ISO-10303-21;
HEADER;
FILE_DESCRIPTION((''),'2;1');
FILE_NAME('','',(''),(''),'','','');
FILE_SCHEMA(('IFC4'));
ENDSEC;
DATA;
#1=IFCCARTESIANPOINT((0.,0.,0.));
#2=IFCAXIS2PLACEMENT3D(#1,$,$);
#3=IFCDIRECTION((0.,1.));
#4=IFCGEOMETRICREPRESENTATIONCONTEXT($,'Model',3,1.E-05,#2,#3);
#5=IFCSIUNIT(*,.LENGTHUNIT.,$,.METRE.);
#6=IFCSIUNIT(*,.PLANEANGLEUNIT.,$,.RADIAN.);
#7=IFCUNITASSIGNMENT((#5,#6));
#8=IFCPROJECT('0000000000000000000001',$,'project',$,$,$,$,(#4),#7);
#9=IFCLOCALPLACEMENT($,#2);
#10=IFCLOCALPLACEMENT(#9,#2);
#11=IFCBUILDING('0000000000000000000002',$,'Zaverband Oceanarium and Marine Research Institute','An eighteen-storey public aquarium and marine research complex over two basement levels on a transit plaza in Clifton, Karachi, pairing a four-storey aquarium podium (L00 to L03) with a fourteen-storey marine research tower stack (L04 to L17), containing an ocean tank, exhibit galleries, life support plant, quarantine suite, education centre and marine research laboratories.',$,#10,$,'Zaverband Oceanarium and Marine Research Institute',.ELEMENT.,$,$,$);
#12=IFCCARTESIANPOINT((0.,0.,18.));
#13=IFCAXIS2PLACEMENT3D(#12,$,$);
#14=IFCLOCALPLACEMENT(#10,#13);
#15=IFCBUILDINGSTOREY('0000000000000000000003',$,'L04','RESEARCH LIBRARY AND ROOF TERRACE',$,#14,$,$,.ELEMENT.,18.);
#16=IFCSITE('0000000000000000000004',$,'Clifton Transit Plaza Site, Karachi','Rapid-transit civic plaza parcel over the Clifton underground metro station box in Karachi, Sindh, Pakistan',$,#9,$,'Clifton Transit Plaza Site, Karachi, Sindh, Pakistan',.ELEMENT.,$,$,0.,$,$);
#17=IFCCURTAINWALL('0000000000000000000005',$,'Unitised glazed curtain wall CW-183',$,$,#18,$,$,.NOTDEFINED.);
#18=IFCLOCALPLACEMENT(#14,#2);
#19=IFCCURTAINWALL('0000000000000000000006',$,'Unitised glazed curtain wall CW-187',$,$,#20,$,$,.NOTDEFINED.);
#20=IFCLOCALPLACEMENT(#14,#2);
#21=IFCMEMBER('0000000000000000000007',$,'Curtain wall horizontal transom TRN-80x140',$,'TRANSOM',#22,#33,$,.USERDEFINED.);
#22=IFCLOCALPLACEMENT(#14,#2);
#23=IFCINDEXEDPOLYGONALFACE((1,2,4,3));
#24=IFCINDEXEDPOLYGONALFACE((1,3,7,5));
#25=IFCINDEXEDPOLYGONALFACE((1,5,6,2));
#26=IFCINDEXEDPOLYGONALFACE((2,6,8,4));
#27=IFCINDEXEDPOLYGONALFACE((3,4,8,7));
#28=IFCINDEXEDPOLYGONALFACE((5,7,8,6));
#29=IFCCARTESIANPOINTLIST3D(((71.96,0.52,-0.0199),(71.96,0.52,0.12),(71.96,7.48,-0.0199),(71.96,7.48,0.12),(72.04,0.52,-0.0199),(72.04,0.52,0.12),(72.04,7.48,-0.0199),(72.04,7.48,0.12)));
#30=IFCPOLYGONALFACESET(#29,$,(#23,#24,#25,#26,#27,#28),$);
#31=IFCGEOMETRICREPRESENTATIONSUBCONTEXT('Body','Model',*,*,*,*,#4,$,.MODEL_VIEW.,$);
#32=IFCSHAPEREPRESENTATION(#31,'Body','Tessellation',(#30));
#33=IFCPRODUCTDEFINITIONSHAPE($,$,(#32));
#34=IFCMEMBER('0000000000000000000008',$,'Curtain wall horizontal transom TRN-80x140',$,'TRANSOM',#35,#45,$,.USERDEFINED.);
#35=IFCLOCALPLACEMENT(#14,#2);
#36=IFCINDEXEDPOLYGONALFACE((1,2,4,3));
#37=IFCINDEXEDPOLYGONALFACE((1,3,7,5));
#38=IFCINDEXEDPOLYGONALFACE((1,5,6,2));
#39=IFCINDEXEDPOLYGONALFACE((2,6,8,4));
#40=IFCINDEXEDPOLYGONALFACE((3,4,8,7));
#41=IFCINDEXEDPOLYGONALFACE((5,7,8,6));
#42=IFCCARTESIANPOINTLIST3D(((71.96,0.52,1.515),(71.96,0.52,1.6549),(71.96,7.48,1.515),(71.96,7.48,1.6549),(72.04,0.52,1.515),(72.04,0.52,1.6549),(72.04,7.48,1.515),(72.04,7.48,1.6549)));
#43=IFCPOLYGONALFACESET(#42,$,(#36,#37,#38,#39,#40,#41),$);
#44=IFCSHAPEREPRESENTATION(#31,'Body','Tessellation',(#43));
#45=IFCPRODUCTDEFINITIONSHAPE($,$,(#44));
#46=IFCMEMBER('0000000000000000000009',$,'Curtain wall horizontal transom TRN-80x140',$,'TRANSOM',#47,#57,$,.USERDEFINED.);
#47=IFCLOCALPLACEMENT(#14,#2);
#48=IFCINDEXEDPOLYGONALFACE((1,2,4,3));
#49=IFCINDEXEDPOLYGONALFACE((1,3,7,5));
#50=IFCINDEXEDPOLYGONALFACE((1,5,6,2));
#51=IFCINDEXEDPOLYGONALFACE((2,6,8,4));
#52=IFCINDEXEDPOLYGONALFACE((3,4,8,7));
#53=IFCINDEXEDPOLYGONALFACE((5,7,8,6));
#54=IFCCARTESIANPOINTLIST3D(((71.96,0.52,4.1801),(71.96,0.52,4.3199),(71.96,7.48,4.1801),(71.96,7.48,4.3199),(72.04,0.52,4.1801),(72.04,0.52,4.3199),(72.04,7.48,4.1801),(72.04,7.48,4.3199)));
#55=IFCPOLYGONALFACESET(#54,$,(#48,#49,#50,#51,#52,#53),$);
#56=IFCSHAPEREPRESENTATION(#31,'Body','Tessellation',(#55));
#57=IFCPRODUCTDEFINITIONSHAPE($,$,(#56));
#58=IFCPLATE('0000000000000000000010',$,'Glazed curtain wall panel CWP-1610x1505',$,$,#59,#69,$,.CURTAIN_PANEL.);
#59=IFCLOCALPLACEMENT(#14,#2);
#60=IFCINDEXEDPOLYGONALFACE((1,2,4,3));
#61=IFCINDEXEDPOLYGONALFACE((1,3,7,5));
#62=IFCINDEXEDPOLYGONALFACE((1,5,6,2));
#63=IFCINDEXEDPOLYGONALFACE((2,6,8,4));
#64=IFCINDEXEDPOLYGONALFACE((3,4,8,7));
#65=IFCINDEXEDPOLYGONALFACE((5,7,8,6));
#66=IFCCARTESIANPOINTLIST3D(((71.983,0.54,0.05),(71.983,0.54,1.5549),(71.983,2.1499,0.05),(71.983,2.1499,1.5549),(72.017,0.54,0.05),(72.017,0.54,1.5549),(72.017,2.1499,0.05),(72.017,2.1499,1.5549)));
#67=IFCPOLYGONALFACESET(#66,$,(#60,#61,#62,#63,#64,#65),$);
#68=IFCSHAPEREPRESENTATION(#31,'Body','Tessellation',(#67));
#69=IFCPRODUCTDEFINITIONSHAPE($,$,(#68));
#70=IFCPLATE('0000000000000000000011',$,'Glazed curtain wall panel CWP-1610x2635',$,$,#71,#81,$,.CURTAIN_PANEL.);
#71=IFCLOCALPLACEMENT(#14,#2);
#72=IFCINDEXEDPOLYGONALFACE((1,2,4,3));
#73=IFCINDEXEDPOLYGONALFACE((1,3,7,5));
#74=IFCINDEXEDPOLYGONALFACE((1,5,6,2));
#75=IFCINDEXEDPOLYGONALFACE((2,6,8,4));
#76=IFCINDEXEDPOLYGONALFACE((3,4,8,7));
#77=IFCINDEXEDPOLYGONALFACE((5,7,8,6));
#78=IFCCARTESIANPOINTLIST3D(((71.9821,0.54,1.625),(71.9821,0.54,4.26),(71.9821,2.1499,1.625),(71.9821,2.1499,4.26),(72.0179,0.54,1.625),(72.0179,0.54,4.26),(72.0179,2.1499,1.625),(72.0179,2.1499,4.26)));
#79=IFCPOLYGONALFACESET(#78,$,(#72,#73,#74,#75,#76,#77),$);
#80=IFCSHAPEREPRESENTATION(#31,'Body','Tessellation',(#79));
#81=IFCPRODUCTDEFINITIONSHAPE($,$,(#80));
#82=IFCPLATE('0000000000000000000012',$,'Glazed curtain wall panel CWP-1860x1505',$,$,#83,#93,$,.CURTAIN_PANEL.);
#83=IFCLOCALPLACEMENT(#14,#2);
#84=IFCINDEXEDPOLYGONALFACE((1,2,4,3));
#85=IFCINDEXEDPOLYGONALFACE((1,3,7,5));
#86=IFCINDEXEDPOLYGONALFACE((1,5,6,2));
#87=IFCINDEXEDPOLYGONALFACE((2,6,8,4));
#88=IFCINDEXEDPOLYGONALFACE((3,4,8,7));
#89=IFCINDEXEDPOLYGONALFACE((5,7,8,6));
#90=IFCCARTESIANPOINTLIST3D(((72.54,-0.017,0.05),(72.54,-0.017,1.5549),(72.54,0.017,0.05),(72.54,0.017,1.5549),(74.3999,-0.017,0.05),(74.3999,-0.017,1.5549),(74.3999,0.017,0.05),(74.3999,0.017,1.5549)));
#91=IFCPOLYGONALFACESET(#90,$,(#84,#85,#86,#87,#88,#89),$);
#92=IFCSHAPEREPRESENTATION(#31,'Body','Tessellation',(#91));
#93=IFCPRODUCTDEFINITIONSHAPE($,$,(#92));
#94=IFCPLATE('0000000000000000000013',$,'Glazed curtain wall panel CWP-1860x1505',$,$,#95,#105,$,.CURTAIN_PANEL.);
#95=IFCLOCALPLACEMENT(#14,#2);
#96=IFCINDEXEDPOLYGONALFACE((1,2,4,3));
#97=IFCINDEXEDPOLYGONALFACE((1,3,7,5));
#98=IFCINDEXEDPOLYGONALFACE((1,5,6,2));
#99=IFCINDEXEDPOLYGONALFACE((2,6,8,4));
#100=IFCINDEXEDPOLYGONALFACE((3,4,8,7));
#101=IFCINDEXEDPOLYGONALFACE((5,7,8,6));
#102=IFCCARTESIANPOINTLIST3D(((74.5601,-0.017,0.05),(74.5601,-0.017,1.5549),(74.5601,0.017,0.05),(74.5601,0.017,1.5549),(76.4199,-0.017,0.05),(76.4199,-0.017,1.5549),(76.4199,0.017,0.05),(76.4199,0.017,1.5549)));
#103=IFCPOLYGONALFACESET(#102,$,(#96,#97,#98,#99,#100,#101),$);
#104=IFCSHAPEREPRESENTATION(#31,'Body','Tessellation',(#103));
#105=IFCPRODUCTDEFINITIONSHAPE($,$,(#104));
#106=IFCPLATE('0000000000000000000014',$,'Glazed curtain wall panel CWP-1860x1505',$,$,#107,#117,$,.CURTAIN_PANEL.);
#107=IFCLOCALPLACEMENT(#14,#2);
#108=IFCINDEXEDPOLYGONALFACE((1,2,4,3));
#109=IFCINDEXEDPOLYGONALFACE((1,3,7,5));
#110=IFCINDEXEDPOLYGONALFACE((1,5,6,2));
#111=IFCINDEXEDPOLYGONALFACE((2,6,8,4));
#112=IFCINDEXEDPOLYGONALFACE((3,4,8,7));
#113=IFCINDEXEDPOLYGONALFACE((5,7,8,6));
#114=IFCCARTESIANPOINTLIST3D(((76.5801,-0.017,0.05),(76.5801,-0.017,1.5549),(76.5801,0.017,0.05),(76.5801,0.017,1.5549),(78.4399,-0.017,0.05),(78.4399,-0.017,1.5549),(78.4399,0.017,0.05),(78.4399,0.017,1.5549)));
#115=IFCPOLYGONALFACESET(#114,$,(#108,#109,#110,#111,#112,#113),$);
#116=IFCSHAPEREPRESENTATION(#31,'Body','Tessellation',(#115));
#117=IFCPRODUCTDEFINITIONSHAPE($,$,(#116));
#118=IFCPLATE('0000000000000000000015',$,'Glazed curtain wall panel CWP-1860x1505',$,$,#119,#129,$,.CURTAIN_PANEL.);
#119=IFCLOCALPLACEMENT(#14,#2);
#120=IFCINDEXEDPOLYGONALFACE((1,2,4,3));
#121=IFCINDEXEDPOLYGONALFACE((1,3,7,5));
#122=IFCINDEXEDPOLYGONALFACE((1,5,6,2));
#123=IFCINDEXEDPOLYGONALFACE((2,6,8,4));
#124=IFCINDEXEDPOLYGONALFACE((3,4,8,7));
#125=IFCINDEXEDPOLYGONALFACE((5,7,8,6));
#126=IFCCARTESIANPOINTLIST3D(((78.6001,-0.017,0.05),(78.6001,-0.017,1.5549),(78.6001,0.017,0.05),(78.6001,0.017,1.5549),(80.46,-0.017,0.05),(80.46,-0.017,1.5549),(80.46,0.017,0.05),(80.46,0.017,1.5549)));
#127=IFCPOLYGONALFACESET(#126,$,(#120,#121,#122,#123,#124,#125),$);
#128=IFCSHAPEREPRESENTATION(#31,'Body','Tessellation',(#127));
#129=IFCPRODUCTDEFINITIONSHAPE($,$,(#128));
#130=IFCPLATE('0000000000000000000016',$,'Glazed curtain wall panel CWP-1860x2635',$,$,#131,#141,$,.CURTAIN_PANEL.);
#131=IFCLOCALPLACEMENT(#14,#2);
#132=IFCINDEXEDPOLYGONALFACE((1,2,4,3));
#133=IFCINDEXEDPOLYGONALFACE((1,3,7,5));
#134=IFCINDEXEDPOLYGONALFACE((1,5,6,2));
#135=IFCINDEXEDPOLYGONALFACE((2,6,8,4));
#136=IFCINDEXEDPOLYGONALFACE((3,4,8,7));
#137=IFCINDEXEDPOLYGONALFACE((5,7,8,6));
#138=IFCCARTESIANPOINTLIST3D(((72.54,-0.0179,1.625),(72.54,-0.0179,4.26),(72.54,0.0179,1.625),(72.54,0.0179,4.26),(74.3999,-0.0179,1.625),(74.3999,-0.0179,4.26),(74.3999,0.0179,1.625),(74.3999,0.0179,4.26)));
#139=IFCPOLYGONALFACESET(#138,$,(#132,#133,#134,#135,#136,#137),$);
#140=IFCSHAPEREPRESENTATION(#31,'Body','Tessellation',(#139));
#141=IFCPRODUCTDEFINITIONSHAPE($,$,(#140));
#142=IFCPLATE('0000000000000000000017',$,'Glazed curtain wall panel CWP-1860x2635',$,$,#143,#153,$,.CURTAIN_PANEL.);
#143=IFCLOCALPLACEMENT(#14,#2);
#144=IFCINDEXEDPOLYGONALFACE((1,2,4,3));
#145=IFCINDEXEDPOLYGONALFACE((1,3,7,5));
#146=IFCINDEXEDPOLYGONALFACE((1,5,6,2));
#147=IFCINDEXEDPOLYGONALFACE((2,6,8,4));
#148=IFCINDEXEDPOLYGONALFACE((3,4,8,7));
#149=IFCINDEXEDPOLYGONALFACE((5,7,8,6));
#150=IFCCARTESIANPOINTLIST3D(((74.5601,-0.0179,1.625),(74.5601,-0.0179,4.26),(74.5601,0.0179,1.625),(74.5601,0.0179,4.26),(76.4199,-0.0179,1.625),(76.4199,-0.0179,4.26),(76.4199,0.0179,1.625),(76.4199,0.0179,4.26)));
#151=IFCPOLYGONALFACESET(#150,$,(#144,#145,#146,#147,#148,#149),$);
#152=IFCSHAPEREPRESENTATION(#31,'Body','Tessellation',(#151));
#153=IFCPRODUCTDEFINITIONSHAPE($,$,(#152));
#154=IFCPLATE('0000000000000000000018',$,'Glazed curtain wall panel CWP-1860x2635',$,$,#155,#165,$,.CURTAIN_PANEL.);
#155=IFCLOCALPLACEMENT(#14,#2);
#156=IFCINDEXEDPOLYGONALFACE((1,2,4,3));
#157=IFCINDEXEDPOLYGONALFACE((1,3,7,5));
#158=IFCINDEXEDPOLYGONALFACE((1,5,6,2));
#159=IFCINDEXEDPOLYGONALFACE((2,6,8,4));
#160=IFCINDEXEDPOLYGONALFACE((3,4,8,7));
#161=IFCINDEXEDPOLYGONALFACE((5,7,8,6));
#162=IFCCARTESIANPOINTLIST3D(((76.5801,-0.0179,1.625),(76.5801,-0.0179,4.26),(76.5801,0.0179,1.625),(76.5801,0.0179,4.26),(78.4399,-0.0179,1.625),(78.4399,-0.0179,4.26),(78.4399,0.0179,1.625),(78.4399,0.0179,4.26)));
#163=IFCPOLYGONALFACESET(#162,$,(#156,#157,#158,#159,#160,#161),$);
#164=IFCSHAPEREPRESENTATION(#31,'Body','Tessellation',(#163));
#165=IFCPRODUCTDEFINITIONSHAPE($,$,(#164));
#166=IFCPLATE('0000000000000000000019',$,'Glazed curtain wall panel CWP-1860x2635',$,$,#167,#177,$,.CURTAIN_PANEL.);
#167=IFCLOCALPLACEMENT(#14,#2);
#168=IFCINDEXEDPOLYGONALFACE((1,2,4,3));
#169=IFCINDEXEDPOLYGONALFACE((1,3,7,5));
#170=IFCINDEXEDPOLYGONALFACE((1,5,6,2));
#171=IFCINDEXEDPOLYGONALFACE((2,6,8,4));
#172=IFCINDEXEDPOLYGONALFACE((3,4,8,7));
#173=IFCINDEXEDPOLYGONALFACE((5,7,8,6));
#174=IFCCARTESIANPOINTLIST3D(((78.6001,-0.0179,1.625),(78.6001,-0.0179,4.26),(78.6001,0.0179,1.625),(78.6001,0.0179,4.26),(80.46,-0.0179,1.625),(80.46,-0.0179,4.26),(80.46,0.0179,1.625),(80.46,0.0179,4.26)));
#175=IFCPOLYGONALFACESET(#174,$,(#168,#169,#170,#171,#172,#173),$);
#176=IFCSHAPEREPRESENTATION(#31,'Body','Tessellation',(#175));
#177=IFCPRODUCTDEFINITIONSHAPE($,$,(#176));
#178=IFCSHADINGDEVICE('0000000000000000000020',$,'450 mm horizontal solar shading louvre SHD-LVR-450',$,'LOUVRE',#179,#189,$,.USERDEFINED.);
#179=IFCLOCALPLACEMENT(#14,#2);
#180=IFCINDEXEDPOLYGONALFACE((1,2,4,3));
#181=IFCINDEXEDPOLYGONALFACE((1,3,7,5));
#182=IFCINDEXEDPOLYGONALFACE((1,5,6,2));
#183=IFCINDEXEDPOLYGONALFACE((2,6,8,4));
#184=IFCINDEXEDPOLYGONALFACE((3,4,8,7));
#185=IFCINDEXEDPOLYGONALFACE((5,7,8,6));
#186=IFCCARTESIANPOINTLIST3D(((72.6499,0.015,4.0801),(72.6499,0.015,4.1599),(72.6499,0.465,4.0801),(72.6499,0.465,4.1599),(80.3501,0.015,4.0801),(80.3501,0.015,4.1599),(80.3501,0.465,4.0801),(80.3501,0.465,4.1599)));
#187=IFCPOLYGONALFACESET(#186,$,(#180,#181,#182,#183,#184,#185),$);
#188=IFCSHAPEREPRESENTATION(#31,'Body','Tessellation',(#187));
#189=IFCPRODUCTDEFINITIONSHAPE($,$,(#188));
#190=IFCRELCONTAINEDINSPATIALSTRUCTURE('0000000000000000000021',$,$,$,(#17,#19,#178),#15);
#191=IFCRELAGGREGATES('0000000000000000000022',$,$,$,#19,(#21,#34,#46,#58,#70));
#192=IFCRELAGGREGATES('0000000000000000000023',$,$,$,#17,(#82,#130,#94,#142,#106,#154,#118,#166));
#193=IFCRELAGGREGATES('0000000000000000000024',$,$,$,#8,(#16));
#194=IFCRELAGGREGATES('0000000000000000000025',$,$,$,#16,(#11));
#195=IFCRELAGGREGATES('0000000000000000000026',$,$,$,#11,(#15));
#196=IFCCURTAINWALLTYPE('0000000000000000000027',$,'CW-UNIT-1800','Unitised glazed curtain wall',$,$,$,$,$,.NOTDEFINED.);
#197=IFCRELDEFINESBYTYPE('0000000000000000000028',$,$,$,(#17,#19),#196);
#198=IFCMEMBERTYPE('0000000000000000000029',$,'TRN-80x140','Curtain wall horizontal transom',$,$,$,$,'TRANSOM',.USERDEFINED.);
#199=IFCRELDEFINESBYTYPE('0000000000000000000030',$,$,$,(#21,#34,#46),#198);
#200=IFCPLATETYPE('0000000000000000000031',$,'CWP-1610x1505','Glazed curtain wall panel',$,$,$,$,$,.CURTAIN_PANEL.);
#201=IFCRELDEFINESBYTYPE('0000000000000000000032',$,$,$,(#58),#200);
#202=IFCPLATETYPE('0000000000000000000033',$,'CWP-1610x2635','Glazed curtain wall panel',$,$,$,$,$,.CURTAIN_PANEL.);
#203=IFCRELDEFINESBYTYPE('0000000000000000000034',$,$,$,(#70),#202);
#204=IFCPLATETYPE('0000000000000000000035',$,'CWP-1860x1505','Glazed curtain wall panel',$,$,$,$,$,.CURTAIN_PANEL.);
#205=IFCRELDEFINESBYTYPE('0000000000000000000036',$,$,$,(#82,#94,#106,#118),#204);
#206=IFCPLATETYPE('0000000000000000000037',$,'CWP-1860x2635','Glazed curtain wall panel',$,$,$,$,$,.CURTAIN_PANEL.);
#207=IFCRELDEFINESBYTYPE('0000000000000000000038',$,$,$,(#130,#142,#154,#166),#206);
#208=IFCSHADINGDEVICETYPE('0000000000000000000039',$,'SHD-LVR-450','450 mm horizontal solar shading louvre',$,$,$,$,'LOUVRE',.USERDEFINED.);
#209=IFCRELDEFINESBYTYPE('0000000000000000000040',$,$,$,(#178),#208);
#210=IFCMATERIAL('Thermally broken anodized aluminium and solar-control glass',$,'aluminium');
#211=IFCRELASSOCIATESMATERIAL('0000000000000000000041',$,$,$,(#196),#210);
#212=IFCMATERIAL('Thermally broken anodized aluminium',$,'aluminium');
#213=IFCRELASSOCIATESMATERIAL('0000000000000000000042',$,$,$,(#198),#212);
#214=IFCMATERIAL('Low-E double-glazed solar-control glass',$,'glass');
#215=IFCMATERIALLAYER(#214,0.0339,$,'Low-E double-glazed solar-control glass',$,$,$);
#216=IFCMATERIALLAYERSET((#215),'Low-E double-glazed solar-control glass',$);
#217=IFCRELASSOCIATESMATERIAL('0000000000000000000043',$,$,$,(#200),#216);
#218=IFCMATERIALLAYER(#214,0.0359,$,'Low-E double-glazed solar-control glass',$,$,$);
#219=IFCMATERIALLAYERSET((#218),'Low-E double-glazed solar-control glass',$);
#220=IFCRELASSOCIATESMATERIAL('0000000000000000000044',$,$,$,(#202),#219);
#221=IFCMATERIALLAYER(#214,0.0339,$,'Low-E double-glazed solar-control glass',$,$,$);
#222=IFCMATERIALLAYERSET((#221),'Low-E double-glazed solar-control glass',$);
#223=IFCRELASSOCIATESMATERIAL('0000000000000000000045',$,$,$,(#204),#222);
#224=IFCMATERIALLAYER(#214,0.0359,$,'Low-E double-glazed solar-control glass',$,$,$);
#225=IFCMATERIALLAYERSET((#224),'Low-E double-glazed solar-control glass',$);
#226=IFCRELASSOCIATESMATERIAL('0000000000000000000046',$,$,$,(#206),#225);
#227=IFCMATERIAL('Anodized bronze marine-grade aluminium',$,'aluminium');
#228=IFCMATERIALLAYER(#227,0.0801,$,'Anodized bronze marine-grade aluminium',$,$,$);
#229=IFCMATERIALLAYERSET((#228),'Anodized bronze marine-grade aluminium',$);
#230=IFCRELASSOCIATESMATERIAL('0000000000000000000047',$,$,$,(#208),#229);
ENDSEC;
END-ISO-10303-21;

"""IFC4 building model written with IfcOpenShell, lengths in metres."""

from ifc_helpers import new_model, si_unit, direction, frame, frame_2d, origin, origin_2d, place, context, subcontext, project, spatial, rectangle, extrude, material, layer, layer_set, material_profile, profile_set, type_object, element, aggregate, save


model = new_model("IFC4")

# Units and contexts
model_context = context("Model", 3, precision=1e-05, world=origin(), true_north=direction((0.0, 1.0)))
body_context = subcontext(model_context, "Body", "Model", "MODEL_VIEW")
ifc_project = project(units=[si_unit("LENGTHUNIT", "METRE"), si_unit("PLANEANGLEUNIT", "RADIAN")], contexts=[model_context])

# Site, building, storey
site_placement = place(None, origin())
site = spatial("IfcSite", under=ifc_project, at=site_placement, Name="Clifton Transit Plaza Site, Karachi", Description="Rapid-transit civic plaza parcel over the Clifton underground metro station box in Karachi, Sindh, Pakistan", LongName="Clifton Transit Plaza Site, Karachi, Sindh, Pakistan", CompositionType="ELEMENT", RefElevation=0.0)
building_placement = place(site_placement, origin())
building = spatial("IfcBuilding", under=site, at=building_placement, Name="Zaverband Oceanarium and Marine Research Institute", Description="An eighteen-storey public aquarium and marine research complex over two basement levels on a transit plaza in Clifton, Karachi, pairing a four-storey aquarium podium (L00 to L03) with a fourteen-storey marine research tower stack (L04 to L17), containing an ocean tank, exhibit galleries, life support plant, quarantine suite, education centre and marine research laboratories.", LongName="Zaverband Oceanarium and Marine Research Institute", CompositionType="ELEMENT")
storey_placement = place(building_placement, frame((0.0, 0.0, 18.0)))
storey = spatial("IfcBuildingStorey", under=building, at=storey_placement, Name="L04", Description="RESEARCH LIBRARY AND ROOF TERRACE", CompositionType="ELEMENT", Elevation=18.0)

# Curtain wall
ifc_material_1 = material(Name="Thermally broken anodized aluminium and solar-control glass", Category="aluminium")
curtain_wall_type = type_object("IfcCurtainWallType", Name="CW-UNIT-1800", Description="Unitised glazed curtain wall", PredefinedType="NOTDEFINED", material=ifc_material_1)
curtain_wall_1_placement = place(storey_placement, origin())
curtain_wall_1 = element("IfcCurtainWall", 1, at=curtain_wall_1_placement, inside=storey, type_object=curtain_wall_type, Name="Unitised glazed curtain wall CW-183", PredefinedType="NOTDEFINED")
ifc_material_2 = material(Name="Thermally broken anodized aluminium", Category="aluminium")

# Curtain wall
curtain_wall_2_placement = place(storey_placement, origin())
curtain_wall_2 = element("IfcCurtainWall", 2, at=curtain_wall_2_placement, inside=storey, type_object=curtain_wall_type, Name="Unitised glazed curtain wall CW-187", PredefinedType="NOTDEFINED")

# Members
ifc_material_profile_1 = material_profile(ifc_material_2, rectangle(XDim=0.0801, YDim=0.1399, at=origin_2d()), Name="AL-TRN-80x140")
ifc_profile_set_1 = profile_set([ifc_material_profile_1], Name="Thermally broken anodized aluminium")
member_type_1 = type_object("IfcMemberType", Name="TRN-80x140", Description="Curtain wall horizontal transom", ElementType="TRANSOM", PredefinedType="USERDEFINED", material=ifc_profile_set_1)
member_1_placement = place(storey_placement, frame((72.0, 0.52, 0.05), z_axis=(0.0, 1.0, 0.0), x_axis=(-1.0, 0.0, 0.0)))
member_1 = element("IfcMember", 3, at=member_1_placement, type_object=member_type_1, Name="Curtain wall horizontal transom TRN-80x140", ObjectType="TRANSOM", PredefinedType="USERDEFINED", context=body_context, shape_type="SweptSolid", body=[
    extrude(rectangle(XDim=0.0801, YDim=0.1399, at=origin_2d()), origin(), (0.0, 0.0, 1.0), 6.96),
])
member_2_placement = place(storey_placement, frame((72.0, 0.52, 1.585), z_axis=(0.0, 1.0, 0.0), x_axis=(-1.0, 0.0, 0.0)))
member_2 = element("IfcMember", 4, at=member_2_placement, type_object=member_type_1, Name="Curtain wall horizontal transom TRN-80x140", ObjectType="TRANSOM", PredefinedType="USERDEFINED", context=body_context, shape_type="SweptSolid", body=[
    extrude(rectangle(XDim=0.0801, YDim=0.1399, at=origin_2d()), origin(), (0.0, 0.0, 1.0), 6.96),
])
member_3_placement = place(storey_placement, frame((72.0, 0.52, 4.25), z_axis=(0.0, 1.0, 0.0), x_axis=(-1.0, 0.0, 0.0)))
member_3 = element("IfcMember", 5, at=member_3_placement, type_object=member_type_1, Name="Curtain wall horizontal transom TRN-80x140", ObjectType="TRANSOM", PredefinedType="USERDEFINED", context=body_context, shape_type="SweptSolid", body=[
    extrude(rectangle(XDim=0.0801, YDim=0.1399, at=origin_2d()), origin(), (0.0, 0.0, 1.0), 6.96),
])

# Plates
ifc_material_3 = material(Name="Low-E double-glazed solar-control glass", Category="glass")
ifc_layer_1 = layer(ifc_material_3, 0.0339, Name="Low-E double-glazed solar-control glass")
ifc_layer_set_1 = layer_set([ifc_layer_1], Name="Low-E double-glazed solar-control glass")
plate_type_1 = type_object("IfcPlateType", Name="CWP-1610x1505", Description="Glazed curtain wall panel", PredefinedType="CURTAIN_PANEL", material=ifc_layer_set_1)
plate_1_placement = place(storey_placement, frame((72.0, 0.54, 0.05), z_axis=(0.0, 0.0, 1.0), x_axis=(0.0, 1.0, 0.0)))
plate_1 = element("IfcPlate", 6, at=plate_1_placement, type_object=plate_type_1, Name="Glazed curtain wall panel CWP-1610x1505", PredefinedType="CURTAIN_PANEL", context=body_context, shape_type="SweptSolid", body=[
    extrude(rectangle(XDim=1.6099, YDim=0.0339, at=frame_2d((0.8049, 0.0))), origin(), (0.0, 0.0, 1.0), 1.5049),
])
ifc_layer_2 = layer(ifc_material_3, 0.0359, Name="Low-E double-glazed solar-control glass")
ifc_layer_set_2 = layer_set([ifc_layer_2], Name="Low-E double-glazed solar-control glass")
plate_type_2 = type_object("IfcPlateType", Name="CWP-1610x2635", Description="Glazed curtain wall panel", PredefinedType="CURTAIN_PANEL", material=ifc_layer_set_2)
plate_2_placement = place(storey_placement, frame((72.0, 0.54, 1.625), z_axis=(0.0, 0.0, 1.0), x_axis=(0.0, 1.0, 0.0)))
plate_2 = element("IfcPlate", 7, at=plate_2_placement, type_object=plate_type_2, Name="Glazed curtain wall panel CWP-1610x2635", PredefinedType="CURTAIN_PANEL", context=body_context, shape_type="SweptSolid", body=[
    extrude(rectangle(XDim=1.6099, YDim=0.0359, at=frame_2d((0.8049, 0.0))), origin(), (0.0, 0.0, 1.0), 2.635),
])
aggregate(curtain_wall_2, [member_1, member_2, member_3, plate_1, plate_2])
ifc_layer_3 = layer(ifc_material_3, 0.0339, Name="Low-E double-glazed solar-control glass")
ifc_layer_set_3 = layer_set([ifc_layer_3], Name="Low-E double-glazed solar-control glass")
plate_type_3 = type_object("IfcPlateType", Name="CWP-1860x1505", Description="Glazed curtain wall panel", PredefinedType="CURTAIN_PANEL", material=ifc_layer_set_3)
plate_3_placement = place(storey_placement, frame((72.54, 0.0, 0.05), z_axis=(0.0, 0.0, 1.0), x_axis=(1.0, 0.0, 0.0)))
plate_3 = element("IfcPlate", 8, at=plate_3_placement, type_object=plate_type_3, Name="Glazed curtain wall panel CWP-1860x1505", PredefinedType="CURTAIN_PANEL", context=body_context, shape_type="SweptSolid", body=[
    extrude(rectangle(XDim=1.8599, YDim=0.0339, at=frame_2d((0.9299, 0.0))), origin(), (0.0, 0.0, 1.0), 1.5049),
])
plate_4_placement = place(storey_placement, frame((74.5601, 0.0, 0.05), z_axis=(0.0, 0.0, 1.0), x_axis=(1.0, 0.0, 0.0)))
plate_4 = element("IfcPlate", 9, at=plate_4_placement, type_object=plate_type_3, Name="Glazed curtain wall panel CWP-1860x1505", PredefinedType="CURTAIN_PANEL", context=body_context, shape_type="SweptSolid", body=[
    extrude(rectangle(XDim=1.8599, YDim=0.0339, at=frame_2d((0.9299, 0.0))), origin(), (0.0, 0.0, 1.0), 1.5049),
])
plate_5_placement = place(storey_placement, frame((76.5801, 0.0, 0.05), z_axis=(0.0, 0.0, 1.0), x_axis=(1.0, 0.0, 0.0)))
plate_5 = element("IfcPlate", 10, at=plate_5_placement, type_object=plate_type_3, Name="Glazed curtain wall panel CWP-1860x1505", PredefinedType="CURTAIN_PANEL", context=body_context, shape_type="SweptSolid", body=[
    extrude(rectangle(XDim=1.8599, YDim=0.0339, at=frame_2d((0.9299, 0.0))), origin(), (0.0, 0.0, 1.0), 1.5049),
])
plate_6_placement = place(storey_placement, frame((78.6001, 0.0, 0.05), z_axis=(0.0, 0.0, 1.0), x_axis=(1.0, 0.0, 0.0)))
plate_6 = element("IfcPlate", 11, at=plate_6_placement, type_object=plate_type_3, Name="Glazed curtain wall panel CWP-1860x1505", PredefinedType="CURTAIN_PANEL", context=body_context, shape_type="SweptSolid", body=[
    extrude(rectangle(XDim=1.8599, YDim=0.0339, at=frame_2d((0.9299, 0.0))), origin(), (0.0, 0.0, 1.0), 1.5049),
])
ifc_layer_4 = layer(ifc_material_3, 0.0359, Name="Low-E double-glazed solar-control glass")
ifc_layer_set_4 = layer_set([ifc_layer_4], Name="Low-E double-glazed solar-control glass")
plate_type_4 = type_object("IfcPlateType", Name="CWP-1860x2635", Description="Glazed curtain wall panel", PredefinedType="CURTAIN_PANEL", material=ifc_layer_set_4)
plate_7_placement = place(storey_placement, frame((72.54, 0.0, 1.625), z_axis=(0.0, 0.0, 1.0), x_axis=(1.0, 0.0, 0.0)))
plate_7 = element("IfcPlate", 12, at=plate_7_placement, type_object=plate_type_4, Name="Glazed curtain wall panel CWP-1860x2635", PredefinedType="CURTAIN_PANEL", context=body_context, shape_type="SweptSolid", body=[
    extrude(rectangle(XDim=1.8599, YDim=0.0359, at=frame_2d((0.9299, 0.0))), origin(), (0.0, 0.0, 1.0), 2.635),
])
plate_8_placement = place(storey_placement, frame((74.5601, 0.0, 1.625), z_axis=(0.0, 0.0, 1.0), x_axis=(1.0, 0.0, 0.0)))
plate_8 = element("IfcPlate", 13, at=plate_8_placement, type_object=plate_type_4, Name="Glazed curtain wall panel CWP-1860x2635", PredefinedType="CURTAIN_PANEL", context=body_context, shape_type="SweptSolid", body=[
    extrude(rectangle(XDim=1.8599, YDim=0.0359, at=frame_2d((0.9299, 0.0))), origin(), (0.0, 0.0, 1.0), 2.635),
])
plate_9_placement = place(storey_placement, frame((76.5801, 0.0, 1.625), z_axis=(0.0, 0.0, 1.0), x_axis=(1.0, 0.0, 0.0)))
plate_9 = element("IfcPlate", 14, at=plate_9_placement, type_object=plate_type_4, Name="Glazed curtain wall panel CWP-1860x2635", PredefinedType="CURTAIN_PANEL", context=body_context, shape_type="SweptSolid", body=[
    extrude(rectangle(XDim=1.8599, YDim=0.0359, at=frame_2d((0.9299, 0.0))), origin(), (0.0, 0.0, 1.0), 2.635),
])
plate_10_placement = place(storey_placement, frame((78.6001, 0.0, 1.625), z_axis=(0.0, 0.0, 1.0), x_axis=(1.0, 0.0, 0.0)))
plate_10 = element("IfcPlate", 15, at=plate_10_placement, type_object=plate_type_4, Name="Glazed curtain wall panel CWP-1860x2635", PredefinedType="CURTAIN_PANEL", context=body_context, shape_type="SweptSolid", body=[
    extrude(rectangle(XDim=1.8599, YDim=0.0359, at=frame_2d((0.9299, 0.0))), origin(), (0.0, 0.0, 1.0), 2.635),
])
aggregate(curtain_wall_1, [plate_3, plate_7, plate_4, plate_8, plate_5, plate_9, plate_6, plate_10])

# Shading device
ifc_material_4 = material(Name="Anodized bronze marine-grade aluminium", Category="aluminium")
ifc_layer_5 = layer(ifc_material_4, 0.0801, Name="Anodized bronze marine-grade aluminium")
ifc_layer_set_5 = layer_set([ifc_layer_5], Name="Anodized bronze marine-grade aluminium")
shading_device_type = type_object("IfcShadingDeviceType", Name="SHD-LVR-450", Description="450 mm horizontal solar shading louvre", ElementType="LOUVRE", PredefinedType="USERDEFINED", material=ifc_layer_set_5)
shading_device_placement = place(storey_placement, frame((72.6499, 0.24, 4.0801), z_axis=(0.0, 0.0, 1.0), x_axis=(1.0, 0.0, 0.0)))
element("IfcShadingDevice", 16, at=shading_device_placement, inside=storey, type_object=shading_device_type, Name="450 mm horizontal solar shading louvre SHD-LVR-450", ObjectType="LOUVRE", PredefinedType="USERDEFINED", context=body_context, shape_type="SweptSolid", body=[
    extrude(rectangle(XDim=7.7002, YDim=0.45, at=frame_2d((3.8501, 0.0))), origin(), (0.0, 0.0, 1.0), 0.0798),
])

save(model, "model.ifc")
